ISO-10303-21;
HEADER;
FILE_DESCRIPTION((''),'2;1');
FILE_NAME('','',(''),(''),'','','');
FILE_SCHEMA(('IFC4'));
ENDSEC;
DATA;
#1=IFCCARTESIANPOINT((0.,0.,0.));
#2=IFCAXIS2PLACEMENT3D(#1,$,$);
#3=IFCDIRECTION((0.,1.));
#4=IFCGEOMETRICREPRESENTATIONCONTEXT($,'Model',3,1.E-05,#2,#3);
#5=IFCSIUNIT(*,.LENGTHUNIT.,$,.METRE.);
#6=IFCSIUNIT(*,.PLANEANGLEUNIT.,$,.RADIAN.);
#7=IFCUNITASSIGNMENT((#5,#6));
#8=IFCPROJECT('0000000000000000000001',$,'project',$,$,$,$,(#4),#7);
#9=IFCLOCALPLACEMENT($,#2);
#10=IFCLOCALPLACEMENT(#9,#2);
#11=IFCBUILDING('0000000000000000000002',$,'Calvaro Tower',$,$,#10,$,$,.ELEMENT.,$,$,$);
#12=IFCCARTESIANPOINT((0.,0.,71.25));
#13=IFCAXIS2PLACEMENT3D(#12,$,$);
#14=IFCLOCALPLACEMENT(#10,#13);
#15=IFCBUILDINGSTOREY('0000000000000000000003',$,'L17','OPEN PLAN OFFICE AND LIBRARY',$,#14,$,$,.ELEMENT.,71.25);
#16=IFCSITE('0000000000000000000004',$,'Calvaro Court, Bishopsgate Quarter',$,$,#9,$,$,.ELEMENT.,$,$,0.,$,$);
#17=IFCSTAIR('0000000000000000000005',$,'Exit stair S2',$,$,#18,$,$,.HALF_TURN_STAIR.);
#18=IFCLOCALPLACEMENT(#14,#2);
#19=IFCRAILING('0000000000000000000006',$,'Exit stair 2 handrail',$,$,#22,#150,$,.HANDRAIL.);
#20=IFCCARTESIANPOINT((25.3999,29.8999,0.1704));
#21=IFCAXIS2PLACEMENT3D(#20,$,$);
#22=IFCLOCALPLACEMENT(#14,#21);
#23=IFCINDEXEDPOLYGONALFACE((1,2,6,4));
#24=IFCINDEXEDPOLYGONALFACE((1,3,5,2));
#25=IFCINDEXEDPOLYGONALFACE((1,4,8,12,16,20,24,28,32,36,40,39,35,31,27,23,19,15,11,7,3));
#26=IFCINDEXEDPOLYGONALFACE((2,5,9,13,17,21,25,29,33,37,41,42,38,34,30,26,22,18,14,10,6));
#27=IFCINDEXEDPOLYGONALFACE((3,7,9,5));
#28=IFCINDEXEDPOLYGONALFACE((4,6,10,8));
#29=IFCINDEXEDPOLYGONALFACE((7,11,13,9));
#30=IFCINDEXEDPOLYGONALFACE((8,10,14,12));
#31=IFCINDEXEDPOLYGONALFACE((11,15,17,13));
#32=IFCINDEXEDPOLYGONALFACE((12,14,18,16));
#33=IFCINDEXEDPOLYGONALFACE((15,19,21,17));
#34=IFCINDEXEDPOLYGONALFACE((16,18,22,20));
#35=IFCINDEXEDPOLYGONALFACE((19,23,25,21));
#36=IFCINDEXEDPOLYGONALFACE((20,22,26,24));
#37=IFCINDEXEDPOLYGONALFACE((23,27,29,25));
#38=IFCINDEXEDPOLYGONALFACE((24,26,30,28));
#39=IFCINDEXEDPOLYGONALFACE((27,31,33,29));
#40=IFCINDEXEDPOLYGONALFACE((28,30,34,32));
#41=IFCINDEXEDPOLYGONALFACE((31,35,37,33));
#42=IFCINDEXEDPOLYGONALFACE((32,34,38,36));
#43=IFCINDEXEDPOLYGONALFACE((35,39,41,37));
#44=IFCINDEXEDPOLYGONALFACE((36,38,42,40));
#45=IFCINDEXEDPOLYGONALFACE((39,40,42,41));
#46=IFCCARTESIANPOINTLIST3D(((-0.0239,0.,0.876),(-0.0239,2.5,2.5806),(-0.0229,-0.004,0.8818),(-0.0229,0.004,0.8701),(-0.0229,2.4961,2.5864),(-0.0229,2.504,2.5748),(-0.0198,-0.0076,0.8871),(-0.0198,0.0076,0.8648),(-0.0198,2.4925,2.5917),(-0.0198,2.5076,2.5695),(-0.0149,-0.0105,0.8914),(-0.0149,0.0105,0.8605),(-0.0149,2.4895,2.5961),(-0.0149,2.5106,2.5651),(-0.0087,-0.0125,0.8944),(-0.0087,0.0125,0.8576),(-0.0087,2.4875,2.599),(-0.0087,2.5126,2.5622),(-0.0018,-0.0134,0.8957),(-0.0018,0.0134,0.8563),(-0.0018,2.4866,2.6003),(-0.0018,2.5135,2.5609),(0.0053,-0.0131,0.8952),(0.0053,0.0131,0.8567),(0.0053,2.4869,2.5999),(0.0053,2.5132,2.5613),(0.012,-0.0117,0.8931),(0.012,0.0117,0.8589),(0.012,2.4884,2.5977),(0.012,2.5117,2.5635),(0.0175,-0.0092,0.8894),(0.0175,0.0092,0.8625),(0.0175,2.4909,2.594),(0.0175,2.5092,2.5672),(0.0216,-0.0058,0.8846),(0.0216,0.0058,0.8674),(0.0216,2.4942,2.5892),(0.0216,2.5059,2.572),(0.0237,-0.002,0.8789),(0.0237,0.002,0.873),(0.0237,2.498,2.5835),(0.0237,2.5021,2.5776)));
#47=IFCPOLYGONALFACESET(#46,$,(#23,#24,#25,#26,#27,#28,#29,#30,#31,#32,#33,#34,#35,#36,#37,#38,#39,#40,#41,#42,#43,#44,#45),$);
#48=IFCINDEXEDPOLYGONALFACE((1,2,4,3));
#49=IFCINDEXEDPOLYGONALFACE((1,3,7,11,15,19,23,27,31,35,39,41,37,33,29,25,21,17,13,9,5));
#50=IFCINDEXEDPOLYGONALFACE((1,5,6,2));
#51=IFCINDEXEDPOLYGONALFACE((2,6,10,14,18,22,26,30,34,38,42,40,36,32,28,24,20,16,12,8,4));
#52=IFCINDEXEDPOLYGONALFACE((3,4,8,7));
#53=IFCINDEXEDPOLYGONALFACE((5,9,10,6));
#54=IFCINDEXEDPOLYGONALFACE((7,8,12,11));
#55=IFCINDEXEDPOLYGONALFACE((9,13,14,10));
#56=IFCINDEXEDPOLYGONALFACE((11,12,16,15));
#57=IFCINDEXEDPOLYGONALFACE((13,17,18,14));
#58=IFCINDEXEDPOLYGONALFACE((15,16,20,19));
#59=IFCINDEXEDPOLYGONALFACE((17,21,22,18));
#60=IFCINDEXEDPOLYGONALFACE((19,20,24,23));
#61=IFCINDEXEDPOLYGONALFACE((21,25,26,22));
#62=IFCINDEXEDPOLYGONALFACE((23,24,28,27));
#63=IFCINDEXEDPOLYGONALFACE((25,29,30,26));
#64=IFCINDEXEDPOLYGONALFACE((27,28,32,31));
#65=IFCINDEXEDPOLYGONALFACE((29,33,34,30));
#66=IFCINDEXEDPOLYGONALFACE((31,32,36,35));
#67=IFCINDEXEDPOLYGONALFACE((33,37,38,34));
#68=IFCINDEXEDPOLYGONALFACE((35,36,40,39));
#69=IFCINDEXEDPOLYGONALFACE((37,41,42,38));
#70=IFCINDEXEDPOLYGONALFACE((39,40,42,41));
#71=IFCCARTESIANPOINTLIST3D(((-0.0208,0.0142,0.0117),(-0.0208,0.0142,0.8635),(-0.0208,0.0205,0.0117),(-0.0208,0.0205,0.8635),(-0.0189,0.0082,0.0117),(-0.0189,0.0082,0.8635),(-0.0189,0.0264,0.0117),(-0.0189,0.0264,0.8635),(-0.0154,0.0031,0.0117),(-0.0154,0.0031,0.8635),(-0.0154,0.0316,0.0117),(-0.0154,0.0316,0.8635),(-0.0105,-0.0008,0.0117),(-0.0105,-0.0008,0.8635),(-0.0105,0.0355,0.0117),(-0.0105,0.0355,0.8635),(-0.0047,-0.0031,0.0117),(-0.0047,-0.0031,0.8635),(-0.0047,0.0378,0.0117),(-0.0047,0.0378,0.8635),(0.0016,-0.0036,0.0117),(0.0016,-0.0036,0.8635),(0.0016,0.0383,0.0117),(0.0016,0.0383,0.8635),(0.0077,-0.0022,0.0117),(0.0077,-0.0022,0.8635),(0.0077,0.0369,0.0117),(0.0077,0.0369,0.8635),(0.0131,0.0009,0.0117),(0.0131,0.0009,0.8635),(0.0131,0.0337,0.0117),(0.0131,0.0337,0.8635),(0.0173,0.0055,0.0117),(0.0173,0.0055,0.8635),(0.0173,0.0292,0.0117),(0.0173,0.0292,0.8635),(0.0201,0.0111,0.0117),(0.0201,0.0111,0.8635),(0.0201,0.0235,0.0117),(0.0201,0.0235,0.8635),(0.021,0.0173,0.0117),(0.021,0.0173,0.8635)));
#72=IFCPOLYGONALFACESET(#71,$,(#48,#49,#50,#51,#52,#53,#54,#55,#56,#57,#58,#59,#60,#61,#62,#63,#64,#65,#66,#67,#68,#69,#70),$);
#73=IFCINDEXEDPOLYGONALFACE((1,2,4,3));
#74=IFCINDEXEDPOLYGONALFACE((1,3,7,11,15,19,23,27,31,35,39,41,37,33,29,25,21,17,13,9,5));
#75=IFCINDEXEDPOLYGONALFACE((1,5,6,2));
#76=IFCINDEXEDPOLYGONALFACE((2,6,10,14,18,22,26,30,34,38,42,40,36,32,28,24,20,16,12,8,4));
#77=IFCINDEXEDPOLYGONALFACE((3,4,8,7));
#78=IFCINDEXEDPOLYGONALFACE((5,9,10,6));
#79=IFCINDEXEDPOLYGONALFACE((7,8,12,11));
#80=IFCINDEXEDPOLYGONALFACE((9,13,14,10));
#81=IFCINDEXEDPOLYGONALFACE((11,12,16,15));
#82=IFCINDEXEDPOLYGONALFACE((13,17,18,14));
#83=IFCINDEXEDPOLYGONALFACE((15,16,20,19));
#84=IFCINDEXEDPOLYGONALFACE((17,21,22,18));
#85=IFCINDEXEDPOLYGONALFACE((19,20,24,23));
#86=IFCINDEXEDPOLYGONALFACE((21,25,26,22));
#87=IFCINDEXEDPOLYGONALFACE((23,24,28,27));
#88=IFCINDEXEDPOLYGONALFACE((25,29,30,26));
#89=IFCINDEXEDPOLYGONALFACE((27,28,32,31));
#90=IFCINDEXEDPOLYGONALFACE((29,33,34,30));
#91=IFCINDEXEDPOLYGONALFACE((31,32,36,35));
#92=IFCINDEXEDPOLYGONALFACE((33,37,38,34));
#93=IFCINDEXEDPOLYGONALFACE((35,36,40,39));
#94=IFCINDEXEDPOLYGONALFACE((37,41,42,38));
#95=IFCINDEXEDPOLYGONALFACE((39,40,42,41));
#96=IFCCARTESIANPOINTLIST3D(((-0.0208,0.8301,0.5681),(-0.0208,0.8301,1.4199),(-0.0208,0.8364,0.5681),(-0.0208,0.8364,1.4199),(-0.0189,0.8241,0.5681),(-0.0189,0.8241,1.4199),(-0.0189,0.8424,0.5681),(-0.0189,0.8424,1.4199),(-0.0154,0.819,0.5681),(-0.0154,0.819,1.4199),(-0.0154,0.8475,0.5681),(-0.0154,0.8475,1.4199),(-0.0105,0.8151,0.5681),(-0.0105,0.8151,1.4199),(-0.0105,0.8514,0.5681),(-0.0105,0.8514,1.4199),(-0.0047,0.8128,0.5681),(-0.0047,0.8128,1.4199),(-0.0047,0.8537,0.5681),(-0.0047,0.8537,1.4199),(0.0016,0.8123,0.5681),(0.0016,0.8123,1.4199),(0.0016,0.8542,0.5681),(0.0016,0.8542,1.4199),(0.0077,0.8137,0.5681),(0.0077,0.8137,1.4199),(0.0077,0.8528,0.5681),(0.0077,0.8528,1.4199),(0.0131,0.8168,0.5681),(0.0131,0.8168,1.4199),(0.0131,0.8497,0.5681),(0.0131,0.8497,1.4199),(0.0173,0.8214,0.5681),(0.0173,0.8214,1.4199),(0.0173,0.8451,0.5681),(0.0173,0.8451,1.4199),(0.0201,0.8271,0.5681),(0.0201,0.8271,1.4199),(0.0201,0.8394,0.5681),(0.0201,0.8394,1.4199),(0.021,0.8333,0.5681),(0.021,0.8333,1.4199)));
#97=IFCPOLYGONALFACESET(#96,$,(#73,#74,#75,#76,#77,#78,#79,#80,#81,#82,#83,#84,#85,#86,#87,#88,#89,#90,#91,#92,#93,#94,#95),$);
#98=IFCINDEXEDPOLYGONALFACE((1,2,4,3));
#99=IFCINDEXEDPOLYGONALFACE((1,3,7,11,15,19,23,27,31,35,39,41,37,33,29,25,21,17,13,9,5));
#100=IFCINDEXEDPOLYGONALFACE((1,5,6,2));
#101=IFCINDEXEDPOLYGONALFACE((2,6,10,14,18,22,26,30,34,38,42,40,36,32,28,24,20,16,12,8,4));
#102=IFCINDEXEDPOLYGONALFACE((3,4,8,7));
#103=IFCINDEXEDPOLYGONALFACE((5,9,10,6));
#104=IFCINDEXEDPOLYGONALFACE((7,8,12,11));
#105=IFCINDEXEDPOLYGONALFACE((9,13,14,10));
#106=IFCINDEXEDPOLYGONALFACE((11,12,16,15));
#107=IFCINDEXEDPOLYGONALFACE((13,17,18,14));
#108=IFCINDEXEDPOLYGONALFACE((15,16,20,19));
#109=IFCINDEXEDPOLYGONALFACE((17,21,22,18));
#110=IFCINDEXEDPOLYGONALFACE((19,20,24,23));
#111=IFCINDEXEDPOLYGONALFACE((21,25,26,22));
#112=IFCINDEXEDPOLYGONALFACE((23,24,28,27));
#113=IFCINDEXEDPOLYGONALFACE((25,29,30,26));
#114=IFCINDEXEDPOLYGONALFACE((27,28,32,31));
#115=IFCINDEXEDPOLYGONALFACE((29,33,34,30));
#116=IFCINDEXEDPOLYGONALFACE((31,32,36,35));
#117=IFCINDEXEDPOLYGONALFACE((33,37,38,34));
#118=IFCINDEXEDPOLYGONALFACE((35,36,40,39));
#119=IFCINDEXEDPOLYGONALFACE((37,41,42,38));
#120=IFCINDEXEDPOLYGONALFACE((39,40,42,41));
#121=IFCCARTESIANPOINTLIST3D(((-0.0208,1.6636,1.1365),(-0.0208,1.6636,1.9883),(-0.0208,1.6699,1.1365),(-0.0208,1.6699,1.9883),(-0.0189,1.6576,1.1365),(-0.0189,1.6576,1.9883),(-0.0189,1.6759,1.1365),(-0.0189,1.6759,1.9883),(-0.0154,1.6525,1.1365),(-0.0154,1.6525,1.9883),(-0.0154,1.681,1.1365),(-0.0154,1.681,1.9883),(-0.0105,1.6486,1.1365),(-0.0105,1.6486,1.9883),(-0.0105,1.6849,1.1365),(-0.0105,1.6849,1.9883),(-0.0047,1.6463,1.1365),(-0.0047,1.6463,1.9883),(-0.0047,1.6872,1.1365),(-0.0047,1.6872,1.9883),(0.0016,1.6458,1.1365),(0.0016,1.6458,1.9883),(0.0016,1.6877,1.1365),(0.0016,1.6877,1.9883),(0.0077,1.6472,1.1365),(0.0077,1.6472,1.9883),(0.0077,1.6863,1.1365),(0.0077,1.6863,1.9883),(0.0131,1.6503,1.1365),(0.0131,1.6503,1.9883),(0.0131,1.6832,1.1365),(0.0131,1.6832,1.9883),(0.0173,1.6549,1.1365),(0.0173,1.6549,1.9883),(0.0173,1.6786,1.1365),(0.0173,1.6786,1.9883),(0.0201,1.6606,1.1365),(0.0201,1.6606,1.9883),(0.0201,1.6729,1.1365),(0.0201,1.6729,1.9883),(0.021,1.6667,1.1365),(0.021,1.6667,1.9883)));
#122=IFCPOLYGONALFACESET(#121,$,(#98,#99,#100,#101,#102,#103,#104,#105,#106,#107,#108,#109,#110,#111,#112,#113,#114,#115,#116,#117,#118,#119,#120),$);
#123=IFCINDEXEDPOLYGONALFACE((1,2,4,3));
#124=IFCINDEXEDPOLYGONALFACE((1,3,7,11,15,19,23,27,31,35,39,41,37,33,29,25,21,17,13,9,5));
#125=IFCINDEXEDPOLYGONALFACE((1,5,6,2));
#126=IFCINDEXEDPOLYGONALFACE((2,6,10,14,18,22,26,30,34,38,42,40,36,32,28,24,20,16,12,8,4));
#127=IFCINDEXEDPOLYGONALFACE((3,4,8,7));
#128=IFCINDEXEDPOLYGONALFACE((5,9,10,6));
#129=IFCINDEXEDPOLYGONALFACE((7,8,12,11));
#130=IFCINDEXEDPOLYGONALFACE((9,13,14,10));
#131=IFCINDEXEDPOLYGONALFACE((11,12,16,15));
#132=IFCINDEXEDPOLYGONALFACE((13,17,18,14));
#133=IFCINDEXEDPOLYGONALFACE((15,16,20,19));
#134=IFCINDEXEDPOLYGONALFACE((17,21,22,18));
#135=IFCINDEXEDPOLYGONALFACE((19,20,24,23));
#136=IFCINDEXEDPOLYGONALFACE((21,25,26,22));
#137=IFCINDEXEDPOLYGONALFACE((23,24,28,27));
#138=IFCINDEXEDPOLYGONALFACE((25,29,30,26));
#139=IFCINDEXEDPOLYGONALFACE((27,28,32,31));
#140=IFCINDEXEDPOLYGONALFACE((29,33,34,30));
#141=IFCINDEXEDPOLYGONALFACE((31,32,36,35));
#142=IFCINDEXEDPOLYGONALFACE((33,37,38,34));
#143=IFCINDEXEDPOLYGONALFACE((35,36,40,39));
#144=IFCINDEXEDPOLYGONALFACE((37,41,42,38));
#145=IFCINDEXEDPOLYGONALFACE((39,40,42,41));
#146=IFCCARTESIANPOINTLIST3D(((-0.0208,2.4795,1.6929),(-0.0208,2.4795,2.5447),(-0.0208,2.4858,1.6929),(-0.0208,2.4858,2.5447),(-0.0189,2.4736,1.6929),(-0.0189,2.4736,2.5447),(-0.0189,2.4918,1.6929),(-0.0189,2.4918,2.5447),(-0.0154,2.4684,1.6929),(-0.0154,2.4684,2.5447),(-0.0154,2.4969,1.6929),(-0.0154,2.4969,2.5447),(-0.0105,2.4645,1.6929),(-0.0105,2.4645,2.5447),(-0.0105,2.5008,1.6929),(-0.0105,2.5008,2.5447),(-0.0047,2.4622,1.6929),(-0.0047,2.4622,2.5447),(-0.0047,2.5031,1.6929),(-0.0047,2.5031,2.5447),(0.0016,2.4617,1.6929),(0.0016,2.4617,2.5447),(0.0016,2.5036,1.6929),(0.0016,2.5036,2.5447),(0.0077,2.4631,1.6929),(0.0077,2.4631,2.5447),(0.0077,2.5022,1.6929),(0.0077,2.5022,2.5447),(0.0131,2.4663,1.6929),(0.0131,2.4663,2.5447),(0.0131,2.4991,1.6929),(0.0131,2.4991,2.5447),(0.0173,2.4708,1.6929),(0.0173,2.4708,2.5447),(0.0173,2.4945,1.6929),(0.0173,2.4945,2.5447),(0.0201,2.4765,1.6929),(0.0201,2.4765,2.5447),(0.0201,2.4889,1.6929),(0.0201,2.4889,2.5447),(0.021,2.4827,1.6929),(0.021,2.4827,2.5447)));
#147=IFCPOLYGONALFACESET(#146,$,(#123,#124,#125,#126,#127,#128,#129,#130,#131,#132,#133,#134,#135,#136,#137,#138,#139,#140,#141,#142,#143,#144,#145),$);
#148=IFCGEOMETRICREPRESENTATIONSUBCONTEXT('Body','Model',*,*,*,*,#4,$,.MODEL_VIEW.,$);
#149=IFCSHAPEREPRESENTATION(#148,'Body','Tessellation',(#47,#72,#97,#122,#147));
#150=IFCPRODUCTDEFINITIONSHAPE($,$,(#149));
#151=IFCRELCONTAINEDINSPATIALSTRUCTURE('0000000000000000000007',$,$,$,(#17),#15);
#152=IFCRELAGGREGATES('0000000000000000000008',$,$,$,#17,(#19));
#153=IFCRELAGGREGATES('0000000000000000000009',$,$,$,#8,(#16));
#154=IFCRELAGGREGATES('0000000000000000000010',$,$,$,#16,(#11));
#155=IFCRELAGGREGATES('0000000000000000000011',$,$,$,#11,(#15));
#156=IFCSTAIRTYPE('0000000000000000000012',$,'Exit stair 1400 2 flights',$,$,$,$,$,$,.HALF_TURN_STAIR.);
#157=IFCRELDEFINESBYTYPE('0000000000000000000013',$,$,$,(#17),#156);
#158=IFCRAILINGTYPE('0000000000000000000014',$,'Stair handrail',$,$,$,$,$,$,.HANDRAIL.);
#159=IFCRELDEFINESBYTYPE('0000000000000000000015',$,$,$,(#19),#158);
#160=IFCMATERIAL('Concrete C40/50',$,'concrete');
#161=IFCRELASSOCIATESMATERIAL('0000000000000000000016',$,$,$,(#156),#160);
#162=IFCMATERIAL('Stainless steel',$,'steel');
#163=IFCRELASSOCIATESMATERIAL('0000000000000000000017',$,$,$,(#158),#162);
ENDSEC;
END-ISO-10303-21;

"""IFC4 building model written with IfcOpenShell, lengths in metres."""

from ifc_helpers import new_model, si_unit, direction, frame, origin, origin_2d, place, context, subcontext, project, spatial, circle, extrude, material, type_object, element, aggregate, save


model = new_model("IFC4")

# Units and contexts
model_context = context("Model", 3, precision=1e-05, world=origin(), true_north=direction((0.0, 1.0)))
body_context = subcontext(model_context, "Body", "Model", "MODEL_VIEW")
ifc_project = project(units=[si_unit("LENGTHUNIT", "METRE"), si_unit("PLANEANGLEUNIT", "RADIAN")], contexts=[model_context])

# Site, building, storey
site_placement = place(None, origin())
site = spatial("IfcSite", under=ifc_project, at=site_placement, Name="Calvaro Court, Bishopsgate Quarter", CompositionType="ELEMENT", RefElevation=0.0)
building_placement = place(site_placement, origin())
building = spatial("IfcBuilding", under=site, at=building_placement, Name="Calvaro Tower", CompositionType="ELEMENT")
storey_placement = place(building_placement, frame((0.0, 0.0, 71.25)))
storey = spatial("IfcBuildingStorey", under=building, at=storey_placement, Name="L17", Description="OPEN PLAN OFFICE AND LIBRARY", CompositionType="ELEMENT", Elevation=71.25)

# Stair, railing
ifc_material_1 = material(Name="Concrete C40/50", Category="concrete")
stair_type = type_object("IfcStairType", Name="Exit stair 1400 2 flights", PredefinedType="HALF_TURN_STAIR", material=ifc_material_1)
stair_placement = place(storey_placement, origin())
stair = element("IfcStair", 1, at=stair_placement, inside=storey, type_object=stair_type, Name="Exit stair S2", PredefinedType="HALF_TURN_STAIR")
ifc_material_2 = material(Name="Stainless steel", Category="steel")
railing_type = type_object("IfcRailingType", Name="Stair handrail", PredefinedType="HANDRAIL", material=ifc_material_2)
railing_1_placement = place(storey_placement, frame((25.3999, 29.8999, 0.1704)))
railing_1 = element("IfcRailing", 2, at=railing_1_placement, type_object=railing_type, Name="Exit stair 2 handrail", PredefinedType="HANDRAIL", context=body_context, shape_type="SweptSolid", body=[
    extrude(circle(Radius=0.0239, at=origin_2d()), frame((0.0, 0.0, 0.876), z_axis=(0.0, 0.826221, 0.563347), x_axis=(-1.0, 0.0, 0.0)), (0.0, 0.0, 1.0), 3.0259),
    extrude(circle(Radius=0.021, at=origin_2d()), frame((0.0, 0.0173, 0.0117)), (0.0, 0.0, 1.0), 0.8518),
    extrude(circle(Radius=0.021, at=origin_2d()), frame((0.0, 0.8333, 0.5681)), (0.0, 0.0, 1.0), 0.8518),
    extrude(circle(Radius=0.021, at=origin_2d()), frame((0.0, 1.6667, 1.1365)), (0.0, 0.0, 1.0), 0.8518),
    extrude(circle(Radius=0.021, at=origin_2d()), frame((0.0, 2.4827, 1.6929)), (0.0, 0.0, 1.0), 0.8518),
])
aggregate(stair, [railing_1])

save(model, "model.ifc")
